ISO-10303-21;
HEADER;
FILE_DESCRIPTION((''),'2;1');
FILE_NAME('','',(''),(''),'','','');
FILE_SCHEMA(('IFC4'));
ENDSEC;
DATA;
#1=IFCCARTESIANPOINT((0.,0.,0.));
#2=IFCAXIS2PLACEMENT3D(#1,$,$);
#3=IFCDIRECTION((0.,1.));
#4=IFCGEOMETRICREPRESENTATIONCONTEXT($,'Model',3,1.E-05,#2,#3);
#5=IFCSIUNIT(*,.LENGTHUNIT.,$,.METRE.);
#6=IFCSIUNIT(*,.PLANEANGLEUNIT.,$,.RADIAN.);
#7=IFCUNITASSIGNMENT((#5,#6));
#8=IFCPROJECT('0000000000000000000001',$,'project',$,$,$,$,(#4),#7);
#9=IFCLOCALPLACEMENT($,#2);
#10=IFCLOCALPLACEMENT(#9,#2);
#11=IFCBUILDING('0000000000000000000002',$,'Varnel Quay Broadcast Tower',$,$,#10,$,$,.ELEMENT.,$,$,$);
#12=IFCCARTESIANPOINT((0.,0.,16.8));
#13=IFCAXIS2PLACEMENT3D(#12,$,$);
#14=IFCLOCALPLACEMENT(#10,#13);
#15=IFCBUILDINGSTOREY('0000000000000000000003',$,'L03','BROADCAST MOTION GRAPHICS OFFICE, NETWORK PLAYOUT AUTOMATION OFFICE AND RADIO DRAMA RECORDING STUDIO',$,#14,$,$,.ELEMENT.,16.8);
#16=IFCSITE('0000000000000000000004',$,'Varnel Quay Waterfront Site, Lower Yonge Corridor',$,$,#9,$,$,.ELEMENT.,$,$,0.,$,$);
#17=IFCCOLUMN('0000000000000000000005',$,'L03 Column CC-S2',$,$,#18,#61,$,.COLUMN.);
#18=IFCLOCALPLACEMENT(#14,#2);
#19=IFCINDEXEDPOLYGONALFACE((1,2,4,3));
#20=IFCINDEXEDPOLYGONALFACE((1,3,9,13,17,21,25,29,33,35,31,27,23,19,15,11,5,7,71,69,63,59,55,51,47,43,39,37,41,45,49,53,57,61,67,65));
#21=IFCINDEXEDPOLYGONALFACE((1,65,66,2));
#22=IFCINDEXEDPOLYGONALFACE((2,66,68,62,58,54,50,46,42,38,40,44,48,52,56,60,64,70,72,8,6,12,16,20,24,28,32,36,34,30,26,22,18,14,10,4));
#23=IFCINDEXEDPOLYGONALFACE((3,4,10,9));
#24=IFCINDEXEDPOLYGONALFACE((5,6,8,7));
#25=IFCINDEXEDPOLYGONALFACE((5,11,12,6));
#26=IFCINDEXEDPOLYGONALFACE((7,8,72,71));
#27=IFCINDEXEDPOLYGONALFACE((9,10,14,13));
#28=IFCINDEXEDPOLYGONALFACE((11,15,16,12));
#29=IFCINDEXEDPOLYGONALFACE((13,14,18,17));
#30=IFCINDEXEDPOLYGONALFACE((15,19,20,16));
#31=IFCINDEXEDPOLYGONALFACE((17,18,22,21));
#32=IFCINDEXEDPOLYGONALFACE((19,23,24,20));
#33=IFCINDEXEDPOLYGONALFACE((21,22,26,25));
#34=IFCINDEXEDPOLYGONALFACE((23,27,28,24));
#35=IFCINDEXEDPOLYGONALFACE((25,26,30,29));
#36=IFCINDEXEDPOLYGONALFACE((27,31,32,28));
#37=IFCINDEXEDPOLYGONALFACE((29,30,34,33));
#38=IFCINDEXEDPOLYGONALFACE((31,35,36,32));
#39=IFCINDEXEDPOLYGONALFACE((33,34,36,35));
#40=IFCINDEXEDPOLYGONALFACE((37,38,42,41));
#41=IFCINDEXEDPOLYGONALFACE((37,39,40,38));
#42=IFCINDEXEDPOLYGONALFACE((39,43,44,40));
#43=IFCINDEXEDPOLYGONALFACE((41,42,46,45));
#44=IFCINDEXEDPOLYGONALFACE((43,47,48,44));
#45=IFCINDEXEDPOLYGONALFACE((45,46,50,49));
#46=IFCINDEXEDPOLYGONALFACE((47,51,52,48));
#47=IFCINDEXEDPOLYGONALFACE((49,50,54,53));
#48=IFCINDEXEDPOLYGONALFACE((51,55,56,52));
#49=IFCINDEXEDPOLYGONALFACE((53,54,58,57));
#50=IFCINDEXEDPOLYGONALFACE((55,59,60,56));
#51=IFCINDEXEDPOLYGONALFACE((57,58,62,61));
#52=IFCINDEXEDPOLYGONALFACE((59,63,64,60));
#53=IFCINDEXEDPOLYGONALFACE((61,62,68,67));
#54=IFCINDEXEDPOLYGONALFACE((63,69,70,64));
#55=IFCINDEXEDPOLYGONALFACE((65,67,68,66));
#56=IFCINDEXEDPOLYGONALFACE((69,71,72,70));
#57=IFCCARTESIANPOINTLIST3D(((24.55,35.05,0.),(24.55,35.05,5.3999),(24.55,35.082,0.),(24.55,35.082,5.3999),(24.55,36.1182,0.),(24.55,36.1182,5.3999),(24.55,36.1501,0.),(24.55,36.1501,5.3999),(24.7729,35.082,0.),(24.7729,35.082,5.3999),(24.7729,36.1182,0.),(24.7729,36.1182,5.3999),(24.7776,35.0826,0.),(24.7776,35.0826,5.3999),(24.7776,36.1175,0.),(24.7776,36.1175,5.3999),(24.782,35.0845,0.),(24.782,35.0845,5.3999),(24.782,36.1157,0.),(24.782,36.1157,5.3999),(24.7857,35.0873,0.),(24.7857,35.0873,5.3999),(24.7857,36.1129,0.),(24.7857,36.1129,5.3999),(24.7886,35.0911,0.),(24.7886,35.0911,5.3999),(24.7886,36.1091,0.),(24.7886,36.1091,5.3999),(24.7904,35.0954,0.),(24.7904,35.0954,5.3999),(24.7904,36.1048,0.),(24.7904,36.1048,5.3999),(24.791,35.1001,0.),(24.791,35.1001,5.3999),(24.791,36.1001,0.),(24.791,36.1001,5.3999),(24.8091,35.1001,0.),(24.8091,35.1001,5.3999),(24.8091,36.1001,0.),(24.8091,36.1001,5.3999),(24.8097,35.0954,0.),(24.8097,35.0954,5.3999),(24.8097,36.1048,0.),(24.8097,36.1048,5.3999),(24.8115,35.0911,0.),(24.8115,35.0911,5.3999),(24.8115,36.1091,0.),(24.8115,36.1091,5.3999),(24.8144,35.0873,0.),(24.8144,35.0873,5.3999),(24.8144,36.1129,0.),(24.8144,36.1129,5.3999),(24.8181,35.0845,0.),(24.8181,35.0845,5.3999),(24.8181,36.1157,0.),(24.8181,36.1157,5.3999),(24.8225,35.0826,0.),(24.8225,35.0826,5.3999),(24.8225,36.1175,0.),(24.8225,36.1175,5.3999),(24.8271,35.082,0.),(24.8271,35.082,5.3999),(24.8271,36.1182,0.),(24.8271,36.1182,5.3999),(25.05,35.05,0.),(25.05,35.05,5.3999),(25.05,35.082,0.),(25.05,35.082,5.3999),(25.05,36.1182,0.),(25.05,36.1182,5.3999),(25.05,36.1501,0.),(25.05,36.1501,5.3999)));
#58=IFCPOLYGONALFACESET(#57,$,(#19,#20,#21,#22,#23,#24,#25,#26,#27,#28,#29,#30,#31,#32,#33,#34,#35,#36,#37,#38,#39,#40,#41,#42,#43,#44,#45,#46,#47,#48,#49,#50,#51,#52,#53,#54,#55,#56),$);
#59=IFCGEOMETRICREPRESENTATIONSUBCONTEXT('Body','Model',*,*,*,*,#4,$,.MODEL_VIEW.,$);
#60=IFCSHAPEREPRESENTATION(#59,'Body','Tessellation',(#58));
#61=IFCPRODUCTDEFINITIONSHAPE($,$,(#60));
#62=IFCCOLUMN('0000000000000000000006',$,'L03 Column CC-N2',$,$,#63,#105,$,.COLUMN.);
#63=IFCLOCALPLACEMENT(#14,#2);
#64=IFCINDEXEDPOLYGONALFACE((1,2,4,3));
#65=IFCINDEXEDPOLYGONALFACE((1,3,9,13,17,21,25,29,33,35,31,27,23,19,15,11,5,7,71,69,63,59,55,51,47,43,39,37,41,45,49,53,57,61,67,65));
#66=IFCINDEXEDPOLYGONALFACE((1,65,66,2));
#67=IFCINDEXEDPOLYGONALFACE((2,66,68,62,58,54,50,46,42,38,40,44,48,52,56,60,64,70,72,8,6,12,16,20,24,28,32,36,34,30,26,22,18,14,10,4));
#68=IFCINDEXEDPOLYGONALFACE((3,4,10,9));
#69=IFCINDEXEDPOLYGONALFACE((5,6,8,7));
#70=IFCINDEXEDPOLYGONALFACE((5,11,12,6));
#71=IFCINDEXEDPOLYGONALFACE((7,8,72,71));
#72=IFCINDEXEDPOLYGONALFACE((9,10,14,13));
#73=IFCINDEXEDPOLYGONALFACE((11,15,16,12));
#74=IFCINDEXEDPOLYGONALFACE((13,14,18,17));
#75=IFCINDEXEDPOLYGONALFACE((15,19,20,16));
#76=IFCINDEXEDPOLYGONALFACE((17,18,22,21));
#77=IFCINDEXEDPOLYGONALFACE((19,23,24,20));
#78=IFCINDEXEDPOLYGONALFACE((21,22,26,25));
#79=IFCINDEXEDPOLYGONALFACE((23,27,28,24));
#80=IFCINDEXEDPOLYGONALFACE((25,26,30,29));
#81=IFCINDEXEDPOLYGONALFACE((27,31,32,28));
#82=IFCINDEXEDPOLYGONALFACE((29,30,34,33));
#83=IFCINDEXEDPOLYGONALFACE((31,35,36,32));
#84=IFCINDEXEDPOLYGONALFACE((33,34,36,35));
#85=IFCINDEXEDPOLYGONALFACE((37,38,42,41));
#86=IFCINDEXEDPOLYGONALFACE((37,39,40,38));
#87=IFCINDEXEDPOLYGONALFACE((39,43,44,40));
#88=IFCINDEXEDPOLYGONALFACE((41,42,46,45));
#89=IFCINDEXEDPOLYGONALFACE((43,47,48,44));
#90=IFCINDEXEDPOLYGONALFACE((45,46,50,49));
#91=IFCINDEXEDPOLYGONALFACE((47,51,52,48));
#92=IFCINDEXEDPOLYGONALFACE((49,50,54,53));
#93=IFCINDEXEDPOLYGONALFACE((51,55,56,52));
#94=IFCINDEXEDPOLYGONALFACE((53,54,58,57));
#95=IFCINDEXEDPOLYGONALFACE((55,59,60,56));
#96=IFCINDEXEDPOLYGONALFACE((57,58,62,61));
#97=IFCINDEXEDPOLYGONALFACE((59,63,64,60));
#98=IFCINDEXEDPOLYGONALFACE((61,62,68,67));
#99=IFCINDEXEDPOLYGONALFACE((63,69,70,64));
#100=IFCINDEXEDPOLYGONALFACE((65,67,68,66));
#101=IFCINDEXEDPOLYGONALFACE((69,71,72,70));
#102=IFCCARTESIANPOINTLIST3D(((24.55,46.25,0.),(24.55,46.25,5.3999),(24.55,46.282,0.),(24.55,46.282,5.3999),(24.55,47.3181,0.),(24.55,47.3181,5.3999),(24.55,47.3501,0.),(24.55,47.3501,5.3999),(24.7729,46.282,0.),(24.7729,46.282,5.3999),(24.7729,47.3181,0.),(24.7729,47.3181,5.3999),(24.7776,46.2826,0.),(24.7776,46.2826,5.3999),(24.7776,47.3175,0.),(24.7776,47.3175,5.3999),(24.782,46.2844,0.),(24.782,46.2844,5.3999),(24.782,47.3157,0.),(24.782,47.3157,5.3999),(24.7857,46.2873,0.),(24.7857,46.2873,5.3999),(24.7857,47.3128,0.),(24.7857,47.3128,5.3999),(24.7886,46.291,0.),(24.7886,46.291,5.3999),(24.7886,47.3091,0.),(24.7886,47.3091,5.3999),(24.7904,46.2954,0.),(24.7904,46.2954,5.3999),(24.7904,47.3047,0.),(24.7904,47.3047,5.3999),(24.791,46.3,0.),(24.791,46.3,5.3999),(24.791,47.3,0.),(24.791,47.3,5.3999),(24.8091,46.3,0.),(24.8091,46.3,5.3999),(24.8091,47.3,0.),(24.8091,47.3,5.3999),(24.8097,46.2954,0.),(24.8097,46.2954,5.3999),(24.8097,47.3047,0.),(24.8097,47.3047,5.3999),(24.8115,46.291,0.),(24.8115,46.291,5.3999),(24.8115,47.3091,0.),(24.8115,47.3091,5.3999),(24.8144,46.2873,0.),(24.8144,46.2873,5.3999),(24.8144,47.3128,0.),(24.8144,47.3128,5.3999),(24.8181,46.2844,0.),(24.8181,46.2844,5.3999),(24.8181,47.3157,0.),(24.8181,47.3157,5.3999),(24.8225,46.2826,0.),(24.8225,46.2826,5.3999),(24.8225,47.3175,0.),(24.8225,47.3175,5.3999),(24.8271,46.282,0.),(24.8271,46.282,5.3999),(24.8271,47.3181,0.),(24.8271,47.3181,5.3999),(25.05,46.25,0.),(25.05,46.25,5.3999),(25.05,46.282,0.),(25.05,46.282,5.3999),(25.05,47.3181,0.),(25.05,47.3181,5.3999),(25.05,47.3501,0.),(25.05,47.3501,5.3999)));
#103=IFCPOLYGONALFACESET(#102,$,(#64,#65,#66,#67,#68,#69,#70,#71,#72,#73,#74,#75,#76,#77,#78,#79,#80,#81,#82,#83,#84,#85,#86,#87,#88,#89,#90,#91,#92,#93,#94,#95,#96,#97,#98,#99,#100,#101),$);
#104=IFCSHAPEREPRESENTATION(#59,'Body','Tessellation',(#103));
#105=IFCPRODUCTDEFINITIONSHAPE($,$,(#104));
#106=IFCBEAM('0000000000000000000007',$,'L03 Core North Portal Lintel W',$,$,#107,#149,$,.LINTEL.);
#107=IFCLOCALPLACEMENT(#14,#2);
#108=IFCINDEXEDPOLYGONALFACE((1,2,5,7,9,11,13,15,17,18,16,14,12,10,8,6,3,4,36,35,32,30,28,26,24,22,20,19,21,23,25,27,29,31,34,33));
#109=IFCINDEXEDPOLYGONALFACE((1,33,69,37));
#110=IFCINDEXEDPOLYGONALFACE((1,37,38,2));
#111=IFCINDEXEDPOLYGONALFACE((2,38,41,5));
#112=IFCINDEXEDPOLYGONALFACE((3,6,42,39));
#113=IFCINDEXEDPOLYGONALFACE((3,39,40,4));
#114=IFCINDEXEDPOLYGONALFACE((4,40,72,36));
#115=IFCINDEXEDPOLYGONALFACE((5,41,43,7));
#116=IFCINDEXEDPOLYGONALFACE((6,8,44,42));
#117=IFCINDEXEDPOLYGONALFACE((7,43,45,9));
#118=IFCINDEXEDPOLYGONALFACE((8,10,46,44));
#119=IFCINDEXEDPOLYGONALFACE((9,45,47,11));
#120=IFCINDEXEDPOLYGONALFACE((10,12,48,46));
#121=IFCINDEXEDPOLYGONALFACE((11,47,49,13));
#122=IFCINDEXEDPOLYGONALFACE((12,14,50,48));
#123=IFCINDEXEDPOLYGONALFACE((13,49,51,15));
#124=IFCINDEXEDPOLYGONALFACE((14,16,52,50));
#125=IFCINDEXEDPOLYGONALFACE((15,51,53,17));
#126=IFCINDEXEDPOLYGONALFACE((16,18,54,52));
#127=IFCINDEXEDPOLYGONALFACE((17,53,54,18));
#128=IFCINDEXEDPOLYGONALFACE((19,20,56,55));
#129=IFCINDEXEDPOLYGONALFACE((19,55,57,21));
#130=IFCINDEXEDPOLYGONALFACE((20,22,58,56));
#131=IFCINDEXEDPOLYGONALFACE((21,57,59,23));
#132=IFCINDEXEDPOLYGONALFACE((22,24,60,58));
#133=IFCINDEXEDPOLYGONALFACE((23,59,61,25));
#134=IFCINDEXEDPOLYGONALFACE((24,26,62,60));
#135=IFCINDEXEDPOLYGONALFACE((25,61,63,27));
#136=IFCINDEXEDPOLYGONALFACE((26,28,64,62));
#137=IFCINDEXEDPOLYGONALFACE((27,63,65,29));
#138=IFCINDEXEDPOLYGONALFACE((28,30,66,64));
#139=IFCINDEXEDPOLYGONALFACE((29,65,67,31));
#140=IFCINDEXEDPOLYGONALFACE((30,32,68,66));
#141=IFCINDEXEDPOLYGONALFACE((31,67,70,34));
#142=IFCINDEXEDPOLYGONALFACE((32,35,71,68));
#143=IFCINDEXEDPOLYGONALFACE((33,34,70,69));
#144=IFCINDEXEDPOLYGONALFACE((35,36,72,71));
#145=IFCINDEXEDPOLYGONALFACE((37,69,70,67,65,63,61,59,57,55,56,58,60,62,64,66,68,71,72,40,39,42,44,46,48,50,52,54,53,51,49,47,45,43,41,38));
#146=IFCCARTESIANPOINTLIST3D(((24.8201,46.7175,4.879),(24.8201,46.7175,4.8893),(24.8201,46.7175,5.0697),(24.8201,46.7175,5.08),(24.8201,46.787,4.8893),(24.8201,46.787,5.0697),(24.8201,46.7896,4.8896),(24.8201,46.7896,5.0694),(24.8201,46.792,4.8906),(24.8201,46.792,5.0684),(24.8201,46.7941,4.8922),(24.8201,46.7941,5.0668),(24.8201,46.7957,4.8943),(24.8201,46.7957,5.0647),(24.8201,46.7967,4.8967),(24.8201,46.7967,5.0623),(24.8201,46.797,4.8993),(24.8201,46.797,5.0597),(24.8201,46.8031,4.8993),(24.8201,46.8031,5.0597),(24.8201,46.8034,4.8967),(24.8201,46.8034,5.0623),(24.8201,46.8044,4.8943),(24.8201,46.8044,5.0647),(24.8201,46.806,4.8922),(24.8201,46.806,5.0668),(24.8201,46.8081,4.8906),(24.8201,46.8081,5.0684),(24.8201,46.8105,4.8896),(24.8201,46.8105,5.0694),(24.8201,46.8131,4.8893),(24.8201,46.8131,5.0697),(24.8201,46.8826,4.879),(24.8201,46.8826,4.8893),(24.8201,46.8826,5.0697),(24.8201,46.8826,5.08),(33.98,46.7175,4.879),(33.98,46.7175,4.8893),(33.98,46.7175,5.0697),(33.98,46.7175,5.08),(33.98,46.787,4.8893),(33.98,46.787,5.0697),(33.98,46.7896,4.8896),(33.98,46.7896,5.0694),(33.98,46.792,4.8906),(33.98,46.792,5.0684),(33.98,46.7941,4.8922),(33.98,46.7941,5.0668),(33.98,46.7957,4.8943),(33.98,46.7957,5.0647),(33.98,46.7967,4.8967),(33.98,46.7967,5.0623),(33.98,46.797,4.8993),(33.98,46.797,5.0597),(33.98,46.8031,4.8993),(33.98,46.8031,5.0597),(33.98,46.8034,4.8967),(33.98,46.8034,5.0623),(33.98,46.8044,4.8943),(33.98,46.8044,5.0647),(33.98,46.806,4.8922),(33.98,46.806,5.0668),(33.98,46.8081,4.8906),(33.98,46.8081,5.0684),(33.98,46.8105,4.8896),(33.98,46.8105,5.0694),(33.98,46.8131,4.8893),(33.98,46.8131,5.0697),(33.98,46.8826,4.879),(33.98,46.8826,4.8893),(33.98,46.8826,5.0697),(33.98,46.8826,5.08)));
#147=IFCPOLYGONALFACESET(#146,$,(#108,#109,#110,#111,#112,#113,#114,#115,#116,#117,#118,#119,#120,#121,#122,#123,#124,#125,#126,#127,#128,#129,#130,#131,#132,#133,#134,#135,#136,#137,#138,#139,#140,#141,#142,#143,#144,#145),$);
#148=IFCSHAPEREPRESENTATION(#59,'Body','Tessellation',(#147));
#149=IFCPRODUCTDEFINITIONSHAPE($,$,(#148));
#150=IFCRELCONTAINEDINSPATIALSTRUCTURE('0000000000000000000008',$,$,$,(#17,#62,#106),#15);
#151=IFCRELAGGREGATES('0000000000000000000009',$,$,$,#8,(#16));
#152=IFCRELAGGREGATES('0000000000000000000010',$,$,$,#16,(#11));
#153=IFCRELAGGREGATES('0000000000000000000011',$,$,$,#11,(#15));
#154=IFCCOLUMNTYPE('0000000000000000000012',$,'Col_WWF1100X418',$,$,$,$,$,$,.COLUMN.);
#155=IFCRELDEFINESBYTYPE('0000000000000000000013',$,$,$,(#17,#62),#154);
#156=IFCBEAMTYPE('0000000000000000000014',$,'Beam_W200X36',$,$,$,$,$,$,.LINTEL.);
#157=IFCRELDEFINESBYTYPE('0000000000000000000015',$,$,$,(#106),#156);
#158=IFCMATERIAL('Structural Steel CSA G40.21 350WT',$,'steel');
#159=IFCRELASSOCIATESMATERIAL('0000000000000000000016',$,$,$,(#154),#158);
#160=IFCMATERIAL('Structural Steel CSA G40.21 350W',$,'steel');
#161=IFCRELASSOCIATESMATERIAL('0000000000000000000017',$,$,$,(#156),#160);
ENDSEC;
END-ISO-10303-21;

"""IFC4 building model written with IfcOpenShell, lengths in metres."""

from ifc_helpers import new_model, si_unit, direction, frame, origin, origin_2d, place, context, subcontext, project, spatial, i_section, extrude, source, transform, mapped, material, material_profile, profile_set, type_object, type_shapes, element, save


model = new_model("IFC4")

# Units and contexts
model_context = context("Model", 3, precision=1e-05, world=origin(), true_north=direction((0.0, 1.0)))
body_context = subcontext(model_context, "Body", "Model", "MODEL_VIEW")
ifc_project = project(units=[si_unit("LENGTHUNIT", "METRE"), si_unit("PLANEANGLEUNIT", "RADIAN")], contexts=[model_context])

# Site, building, storey
site_placement = place(None, origin())
site = spatial("IfcSite", under=ifc_project, at=site_placement, Name="Varnel Quay Waterfront Site, Lower Yonge Corridor", CompositionType="ELEMENT", RefElevation=0.0)
building_placement = place(site_placement, origin())
building = spatial("IfcBuilding", under=site, at=building_placement, Name="Varnel Quay Broadcast Tower", CompositionType="ELEMENT")
storey_placement = place(building_placement, frame((0.0, 0.0, 16.8)))
storey = spatial("IfcBuildingStorey", under=building, at=storey_placement, Name="L03", Description="BROADCAST MOTION GRAPHICS OFFICE, NETWORK PLAYOUT AUTOMATION OFFICE AND RADIO DRAMA RECORDING STUDIO", CompositionType="ELEMENT", Elevation=16.8)

# Columns
ifc_material_1 = material(Name="Structural Steel CSA G40.21 350WT", Category="steel")
ifc_material_profile_1 = material_profile(ifc_material_1, i_section(OverallWidth=0.5, OverallDepth=1.1001, WebThickness=0.0181, FlangeThickness=0.032, FilletRadius=0.0181, at=origin_2d()), Name="WWF1100X418")
ifc_profile_set_1 = profile_set([ifc_material_profile_1], Name="Structural Steel CSA G40.21 350WT")
column_type = type_object("IfcColumnType", Name="Col_WWF1100X418", PredefinedType="COLUMN", material=ifc_profile_set_1)
shared_shape_1 = source(origin(), body_context, "Body", "SweptSolid", [
    extrude(i_section(OverallWidth=0.5, OverallDepth=1.1001, WebThickness=0.0181, FlangeThickness=0.032, FilletRadius=0.0181, at=origin_2d()), origin(), (0.0, 0.0, 1.0), 5.3999),
])
type_shapes(column_type, [shared_shape_1])
for number, where, z_axis, x_axis, name in (
    (1, (24.8, 35.6001, 0.0), (0.0, 0.0, 1.0), (1.0, 0.0, 0.0), "L03 Column CC-S2"),
    (2, (24.8, 46.8, 0.0), (0.0, 0.0, 1.0), (1.0, 0.0, 0.0), "L03 Column CC-N2"),
):
    element("IfcColumn", number, at=place(storey_placement, frame(where, z_axis=z_axis, x_axis=x_axis)), inside=storey, type_object=column_type, Name=name, PredefinedType="COLUMN", context=body_context, shape_type="MappedRepresentation", body=[
        mapped(shared_shape_1, transform((0.0, 0.0, 0.0), x_axis=(1.0, 0.0, 0.0), y_axis=(0.0, 1.0, 0.0), z_axis=(0.0, 0.0, 1.0), scale=1.0)),
    ])

# Beam
ifc_material_2 = material(Name="Structural Steel CSA G40.21 350W", Category="steel")
ifc_material_profile_2 = material_profile(ifc_material_2, i_section(OverallWidth=0.165, OverallDepth=0.2009, WebThickness=0.0061, FlangeThickness=0.0103, FilletRadius=0.01, at=origin_2d()), Name="W200X36")
ifc_profile_set_2 = profile_set([ifc_material_profile_2], Name="Structural Steel CSA G40.21 350W")
beam_type_1 = type_object("IfcBeamType", Name="Beam_W200X36", PredefinedType="LINTEL", material=ifc_profile_set_2)
shared_shape_2 = source(origin(), body_context, "Body", "SweptSolid", [
    extrude(i_section(OverallWidth=0.165, OverallDepth=0.2009, WebThickness=0.0061, FlangeThickness=0.0103, FilletRadius=0.01, at=origin_2d()), origin(), (0.0, 0.0, 1.0), 9.1599),
])
type_shapes(beam_type_1, [shared_shape_2])
beam_1_placement = place(storey_placement, frame((24.8201, 46.8, 4.9795), z_axis=(1.0, 0.0, 0.0), x_axis=(0.0, 1.0, 0.0)))
element("IfcBeam", 3, at=beam_1_placement, inside=storey, type_object=beam_type_1, Name="L03 Core North Portal Lintel W", PredefinedType="LINTEL", context=body_context, shape_type="MappedRepresentation", body=[
    mapped(shared_shape_2, transform((0.0, 0.0, 0.0), x_axis=(1.0, 0.0, 0.0), y_axis=(0.0, 1.0, 0.0), z_axis=(0.0, 0.0, 1.0), scale=1.0)),
])

save(model, "model.ifc")
